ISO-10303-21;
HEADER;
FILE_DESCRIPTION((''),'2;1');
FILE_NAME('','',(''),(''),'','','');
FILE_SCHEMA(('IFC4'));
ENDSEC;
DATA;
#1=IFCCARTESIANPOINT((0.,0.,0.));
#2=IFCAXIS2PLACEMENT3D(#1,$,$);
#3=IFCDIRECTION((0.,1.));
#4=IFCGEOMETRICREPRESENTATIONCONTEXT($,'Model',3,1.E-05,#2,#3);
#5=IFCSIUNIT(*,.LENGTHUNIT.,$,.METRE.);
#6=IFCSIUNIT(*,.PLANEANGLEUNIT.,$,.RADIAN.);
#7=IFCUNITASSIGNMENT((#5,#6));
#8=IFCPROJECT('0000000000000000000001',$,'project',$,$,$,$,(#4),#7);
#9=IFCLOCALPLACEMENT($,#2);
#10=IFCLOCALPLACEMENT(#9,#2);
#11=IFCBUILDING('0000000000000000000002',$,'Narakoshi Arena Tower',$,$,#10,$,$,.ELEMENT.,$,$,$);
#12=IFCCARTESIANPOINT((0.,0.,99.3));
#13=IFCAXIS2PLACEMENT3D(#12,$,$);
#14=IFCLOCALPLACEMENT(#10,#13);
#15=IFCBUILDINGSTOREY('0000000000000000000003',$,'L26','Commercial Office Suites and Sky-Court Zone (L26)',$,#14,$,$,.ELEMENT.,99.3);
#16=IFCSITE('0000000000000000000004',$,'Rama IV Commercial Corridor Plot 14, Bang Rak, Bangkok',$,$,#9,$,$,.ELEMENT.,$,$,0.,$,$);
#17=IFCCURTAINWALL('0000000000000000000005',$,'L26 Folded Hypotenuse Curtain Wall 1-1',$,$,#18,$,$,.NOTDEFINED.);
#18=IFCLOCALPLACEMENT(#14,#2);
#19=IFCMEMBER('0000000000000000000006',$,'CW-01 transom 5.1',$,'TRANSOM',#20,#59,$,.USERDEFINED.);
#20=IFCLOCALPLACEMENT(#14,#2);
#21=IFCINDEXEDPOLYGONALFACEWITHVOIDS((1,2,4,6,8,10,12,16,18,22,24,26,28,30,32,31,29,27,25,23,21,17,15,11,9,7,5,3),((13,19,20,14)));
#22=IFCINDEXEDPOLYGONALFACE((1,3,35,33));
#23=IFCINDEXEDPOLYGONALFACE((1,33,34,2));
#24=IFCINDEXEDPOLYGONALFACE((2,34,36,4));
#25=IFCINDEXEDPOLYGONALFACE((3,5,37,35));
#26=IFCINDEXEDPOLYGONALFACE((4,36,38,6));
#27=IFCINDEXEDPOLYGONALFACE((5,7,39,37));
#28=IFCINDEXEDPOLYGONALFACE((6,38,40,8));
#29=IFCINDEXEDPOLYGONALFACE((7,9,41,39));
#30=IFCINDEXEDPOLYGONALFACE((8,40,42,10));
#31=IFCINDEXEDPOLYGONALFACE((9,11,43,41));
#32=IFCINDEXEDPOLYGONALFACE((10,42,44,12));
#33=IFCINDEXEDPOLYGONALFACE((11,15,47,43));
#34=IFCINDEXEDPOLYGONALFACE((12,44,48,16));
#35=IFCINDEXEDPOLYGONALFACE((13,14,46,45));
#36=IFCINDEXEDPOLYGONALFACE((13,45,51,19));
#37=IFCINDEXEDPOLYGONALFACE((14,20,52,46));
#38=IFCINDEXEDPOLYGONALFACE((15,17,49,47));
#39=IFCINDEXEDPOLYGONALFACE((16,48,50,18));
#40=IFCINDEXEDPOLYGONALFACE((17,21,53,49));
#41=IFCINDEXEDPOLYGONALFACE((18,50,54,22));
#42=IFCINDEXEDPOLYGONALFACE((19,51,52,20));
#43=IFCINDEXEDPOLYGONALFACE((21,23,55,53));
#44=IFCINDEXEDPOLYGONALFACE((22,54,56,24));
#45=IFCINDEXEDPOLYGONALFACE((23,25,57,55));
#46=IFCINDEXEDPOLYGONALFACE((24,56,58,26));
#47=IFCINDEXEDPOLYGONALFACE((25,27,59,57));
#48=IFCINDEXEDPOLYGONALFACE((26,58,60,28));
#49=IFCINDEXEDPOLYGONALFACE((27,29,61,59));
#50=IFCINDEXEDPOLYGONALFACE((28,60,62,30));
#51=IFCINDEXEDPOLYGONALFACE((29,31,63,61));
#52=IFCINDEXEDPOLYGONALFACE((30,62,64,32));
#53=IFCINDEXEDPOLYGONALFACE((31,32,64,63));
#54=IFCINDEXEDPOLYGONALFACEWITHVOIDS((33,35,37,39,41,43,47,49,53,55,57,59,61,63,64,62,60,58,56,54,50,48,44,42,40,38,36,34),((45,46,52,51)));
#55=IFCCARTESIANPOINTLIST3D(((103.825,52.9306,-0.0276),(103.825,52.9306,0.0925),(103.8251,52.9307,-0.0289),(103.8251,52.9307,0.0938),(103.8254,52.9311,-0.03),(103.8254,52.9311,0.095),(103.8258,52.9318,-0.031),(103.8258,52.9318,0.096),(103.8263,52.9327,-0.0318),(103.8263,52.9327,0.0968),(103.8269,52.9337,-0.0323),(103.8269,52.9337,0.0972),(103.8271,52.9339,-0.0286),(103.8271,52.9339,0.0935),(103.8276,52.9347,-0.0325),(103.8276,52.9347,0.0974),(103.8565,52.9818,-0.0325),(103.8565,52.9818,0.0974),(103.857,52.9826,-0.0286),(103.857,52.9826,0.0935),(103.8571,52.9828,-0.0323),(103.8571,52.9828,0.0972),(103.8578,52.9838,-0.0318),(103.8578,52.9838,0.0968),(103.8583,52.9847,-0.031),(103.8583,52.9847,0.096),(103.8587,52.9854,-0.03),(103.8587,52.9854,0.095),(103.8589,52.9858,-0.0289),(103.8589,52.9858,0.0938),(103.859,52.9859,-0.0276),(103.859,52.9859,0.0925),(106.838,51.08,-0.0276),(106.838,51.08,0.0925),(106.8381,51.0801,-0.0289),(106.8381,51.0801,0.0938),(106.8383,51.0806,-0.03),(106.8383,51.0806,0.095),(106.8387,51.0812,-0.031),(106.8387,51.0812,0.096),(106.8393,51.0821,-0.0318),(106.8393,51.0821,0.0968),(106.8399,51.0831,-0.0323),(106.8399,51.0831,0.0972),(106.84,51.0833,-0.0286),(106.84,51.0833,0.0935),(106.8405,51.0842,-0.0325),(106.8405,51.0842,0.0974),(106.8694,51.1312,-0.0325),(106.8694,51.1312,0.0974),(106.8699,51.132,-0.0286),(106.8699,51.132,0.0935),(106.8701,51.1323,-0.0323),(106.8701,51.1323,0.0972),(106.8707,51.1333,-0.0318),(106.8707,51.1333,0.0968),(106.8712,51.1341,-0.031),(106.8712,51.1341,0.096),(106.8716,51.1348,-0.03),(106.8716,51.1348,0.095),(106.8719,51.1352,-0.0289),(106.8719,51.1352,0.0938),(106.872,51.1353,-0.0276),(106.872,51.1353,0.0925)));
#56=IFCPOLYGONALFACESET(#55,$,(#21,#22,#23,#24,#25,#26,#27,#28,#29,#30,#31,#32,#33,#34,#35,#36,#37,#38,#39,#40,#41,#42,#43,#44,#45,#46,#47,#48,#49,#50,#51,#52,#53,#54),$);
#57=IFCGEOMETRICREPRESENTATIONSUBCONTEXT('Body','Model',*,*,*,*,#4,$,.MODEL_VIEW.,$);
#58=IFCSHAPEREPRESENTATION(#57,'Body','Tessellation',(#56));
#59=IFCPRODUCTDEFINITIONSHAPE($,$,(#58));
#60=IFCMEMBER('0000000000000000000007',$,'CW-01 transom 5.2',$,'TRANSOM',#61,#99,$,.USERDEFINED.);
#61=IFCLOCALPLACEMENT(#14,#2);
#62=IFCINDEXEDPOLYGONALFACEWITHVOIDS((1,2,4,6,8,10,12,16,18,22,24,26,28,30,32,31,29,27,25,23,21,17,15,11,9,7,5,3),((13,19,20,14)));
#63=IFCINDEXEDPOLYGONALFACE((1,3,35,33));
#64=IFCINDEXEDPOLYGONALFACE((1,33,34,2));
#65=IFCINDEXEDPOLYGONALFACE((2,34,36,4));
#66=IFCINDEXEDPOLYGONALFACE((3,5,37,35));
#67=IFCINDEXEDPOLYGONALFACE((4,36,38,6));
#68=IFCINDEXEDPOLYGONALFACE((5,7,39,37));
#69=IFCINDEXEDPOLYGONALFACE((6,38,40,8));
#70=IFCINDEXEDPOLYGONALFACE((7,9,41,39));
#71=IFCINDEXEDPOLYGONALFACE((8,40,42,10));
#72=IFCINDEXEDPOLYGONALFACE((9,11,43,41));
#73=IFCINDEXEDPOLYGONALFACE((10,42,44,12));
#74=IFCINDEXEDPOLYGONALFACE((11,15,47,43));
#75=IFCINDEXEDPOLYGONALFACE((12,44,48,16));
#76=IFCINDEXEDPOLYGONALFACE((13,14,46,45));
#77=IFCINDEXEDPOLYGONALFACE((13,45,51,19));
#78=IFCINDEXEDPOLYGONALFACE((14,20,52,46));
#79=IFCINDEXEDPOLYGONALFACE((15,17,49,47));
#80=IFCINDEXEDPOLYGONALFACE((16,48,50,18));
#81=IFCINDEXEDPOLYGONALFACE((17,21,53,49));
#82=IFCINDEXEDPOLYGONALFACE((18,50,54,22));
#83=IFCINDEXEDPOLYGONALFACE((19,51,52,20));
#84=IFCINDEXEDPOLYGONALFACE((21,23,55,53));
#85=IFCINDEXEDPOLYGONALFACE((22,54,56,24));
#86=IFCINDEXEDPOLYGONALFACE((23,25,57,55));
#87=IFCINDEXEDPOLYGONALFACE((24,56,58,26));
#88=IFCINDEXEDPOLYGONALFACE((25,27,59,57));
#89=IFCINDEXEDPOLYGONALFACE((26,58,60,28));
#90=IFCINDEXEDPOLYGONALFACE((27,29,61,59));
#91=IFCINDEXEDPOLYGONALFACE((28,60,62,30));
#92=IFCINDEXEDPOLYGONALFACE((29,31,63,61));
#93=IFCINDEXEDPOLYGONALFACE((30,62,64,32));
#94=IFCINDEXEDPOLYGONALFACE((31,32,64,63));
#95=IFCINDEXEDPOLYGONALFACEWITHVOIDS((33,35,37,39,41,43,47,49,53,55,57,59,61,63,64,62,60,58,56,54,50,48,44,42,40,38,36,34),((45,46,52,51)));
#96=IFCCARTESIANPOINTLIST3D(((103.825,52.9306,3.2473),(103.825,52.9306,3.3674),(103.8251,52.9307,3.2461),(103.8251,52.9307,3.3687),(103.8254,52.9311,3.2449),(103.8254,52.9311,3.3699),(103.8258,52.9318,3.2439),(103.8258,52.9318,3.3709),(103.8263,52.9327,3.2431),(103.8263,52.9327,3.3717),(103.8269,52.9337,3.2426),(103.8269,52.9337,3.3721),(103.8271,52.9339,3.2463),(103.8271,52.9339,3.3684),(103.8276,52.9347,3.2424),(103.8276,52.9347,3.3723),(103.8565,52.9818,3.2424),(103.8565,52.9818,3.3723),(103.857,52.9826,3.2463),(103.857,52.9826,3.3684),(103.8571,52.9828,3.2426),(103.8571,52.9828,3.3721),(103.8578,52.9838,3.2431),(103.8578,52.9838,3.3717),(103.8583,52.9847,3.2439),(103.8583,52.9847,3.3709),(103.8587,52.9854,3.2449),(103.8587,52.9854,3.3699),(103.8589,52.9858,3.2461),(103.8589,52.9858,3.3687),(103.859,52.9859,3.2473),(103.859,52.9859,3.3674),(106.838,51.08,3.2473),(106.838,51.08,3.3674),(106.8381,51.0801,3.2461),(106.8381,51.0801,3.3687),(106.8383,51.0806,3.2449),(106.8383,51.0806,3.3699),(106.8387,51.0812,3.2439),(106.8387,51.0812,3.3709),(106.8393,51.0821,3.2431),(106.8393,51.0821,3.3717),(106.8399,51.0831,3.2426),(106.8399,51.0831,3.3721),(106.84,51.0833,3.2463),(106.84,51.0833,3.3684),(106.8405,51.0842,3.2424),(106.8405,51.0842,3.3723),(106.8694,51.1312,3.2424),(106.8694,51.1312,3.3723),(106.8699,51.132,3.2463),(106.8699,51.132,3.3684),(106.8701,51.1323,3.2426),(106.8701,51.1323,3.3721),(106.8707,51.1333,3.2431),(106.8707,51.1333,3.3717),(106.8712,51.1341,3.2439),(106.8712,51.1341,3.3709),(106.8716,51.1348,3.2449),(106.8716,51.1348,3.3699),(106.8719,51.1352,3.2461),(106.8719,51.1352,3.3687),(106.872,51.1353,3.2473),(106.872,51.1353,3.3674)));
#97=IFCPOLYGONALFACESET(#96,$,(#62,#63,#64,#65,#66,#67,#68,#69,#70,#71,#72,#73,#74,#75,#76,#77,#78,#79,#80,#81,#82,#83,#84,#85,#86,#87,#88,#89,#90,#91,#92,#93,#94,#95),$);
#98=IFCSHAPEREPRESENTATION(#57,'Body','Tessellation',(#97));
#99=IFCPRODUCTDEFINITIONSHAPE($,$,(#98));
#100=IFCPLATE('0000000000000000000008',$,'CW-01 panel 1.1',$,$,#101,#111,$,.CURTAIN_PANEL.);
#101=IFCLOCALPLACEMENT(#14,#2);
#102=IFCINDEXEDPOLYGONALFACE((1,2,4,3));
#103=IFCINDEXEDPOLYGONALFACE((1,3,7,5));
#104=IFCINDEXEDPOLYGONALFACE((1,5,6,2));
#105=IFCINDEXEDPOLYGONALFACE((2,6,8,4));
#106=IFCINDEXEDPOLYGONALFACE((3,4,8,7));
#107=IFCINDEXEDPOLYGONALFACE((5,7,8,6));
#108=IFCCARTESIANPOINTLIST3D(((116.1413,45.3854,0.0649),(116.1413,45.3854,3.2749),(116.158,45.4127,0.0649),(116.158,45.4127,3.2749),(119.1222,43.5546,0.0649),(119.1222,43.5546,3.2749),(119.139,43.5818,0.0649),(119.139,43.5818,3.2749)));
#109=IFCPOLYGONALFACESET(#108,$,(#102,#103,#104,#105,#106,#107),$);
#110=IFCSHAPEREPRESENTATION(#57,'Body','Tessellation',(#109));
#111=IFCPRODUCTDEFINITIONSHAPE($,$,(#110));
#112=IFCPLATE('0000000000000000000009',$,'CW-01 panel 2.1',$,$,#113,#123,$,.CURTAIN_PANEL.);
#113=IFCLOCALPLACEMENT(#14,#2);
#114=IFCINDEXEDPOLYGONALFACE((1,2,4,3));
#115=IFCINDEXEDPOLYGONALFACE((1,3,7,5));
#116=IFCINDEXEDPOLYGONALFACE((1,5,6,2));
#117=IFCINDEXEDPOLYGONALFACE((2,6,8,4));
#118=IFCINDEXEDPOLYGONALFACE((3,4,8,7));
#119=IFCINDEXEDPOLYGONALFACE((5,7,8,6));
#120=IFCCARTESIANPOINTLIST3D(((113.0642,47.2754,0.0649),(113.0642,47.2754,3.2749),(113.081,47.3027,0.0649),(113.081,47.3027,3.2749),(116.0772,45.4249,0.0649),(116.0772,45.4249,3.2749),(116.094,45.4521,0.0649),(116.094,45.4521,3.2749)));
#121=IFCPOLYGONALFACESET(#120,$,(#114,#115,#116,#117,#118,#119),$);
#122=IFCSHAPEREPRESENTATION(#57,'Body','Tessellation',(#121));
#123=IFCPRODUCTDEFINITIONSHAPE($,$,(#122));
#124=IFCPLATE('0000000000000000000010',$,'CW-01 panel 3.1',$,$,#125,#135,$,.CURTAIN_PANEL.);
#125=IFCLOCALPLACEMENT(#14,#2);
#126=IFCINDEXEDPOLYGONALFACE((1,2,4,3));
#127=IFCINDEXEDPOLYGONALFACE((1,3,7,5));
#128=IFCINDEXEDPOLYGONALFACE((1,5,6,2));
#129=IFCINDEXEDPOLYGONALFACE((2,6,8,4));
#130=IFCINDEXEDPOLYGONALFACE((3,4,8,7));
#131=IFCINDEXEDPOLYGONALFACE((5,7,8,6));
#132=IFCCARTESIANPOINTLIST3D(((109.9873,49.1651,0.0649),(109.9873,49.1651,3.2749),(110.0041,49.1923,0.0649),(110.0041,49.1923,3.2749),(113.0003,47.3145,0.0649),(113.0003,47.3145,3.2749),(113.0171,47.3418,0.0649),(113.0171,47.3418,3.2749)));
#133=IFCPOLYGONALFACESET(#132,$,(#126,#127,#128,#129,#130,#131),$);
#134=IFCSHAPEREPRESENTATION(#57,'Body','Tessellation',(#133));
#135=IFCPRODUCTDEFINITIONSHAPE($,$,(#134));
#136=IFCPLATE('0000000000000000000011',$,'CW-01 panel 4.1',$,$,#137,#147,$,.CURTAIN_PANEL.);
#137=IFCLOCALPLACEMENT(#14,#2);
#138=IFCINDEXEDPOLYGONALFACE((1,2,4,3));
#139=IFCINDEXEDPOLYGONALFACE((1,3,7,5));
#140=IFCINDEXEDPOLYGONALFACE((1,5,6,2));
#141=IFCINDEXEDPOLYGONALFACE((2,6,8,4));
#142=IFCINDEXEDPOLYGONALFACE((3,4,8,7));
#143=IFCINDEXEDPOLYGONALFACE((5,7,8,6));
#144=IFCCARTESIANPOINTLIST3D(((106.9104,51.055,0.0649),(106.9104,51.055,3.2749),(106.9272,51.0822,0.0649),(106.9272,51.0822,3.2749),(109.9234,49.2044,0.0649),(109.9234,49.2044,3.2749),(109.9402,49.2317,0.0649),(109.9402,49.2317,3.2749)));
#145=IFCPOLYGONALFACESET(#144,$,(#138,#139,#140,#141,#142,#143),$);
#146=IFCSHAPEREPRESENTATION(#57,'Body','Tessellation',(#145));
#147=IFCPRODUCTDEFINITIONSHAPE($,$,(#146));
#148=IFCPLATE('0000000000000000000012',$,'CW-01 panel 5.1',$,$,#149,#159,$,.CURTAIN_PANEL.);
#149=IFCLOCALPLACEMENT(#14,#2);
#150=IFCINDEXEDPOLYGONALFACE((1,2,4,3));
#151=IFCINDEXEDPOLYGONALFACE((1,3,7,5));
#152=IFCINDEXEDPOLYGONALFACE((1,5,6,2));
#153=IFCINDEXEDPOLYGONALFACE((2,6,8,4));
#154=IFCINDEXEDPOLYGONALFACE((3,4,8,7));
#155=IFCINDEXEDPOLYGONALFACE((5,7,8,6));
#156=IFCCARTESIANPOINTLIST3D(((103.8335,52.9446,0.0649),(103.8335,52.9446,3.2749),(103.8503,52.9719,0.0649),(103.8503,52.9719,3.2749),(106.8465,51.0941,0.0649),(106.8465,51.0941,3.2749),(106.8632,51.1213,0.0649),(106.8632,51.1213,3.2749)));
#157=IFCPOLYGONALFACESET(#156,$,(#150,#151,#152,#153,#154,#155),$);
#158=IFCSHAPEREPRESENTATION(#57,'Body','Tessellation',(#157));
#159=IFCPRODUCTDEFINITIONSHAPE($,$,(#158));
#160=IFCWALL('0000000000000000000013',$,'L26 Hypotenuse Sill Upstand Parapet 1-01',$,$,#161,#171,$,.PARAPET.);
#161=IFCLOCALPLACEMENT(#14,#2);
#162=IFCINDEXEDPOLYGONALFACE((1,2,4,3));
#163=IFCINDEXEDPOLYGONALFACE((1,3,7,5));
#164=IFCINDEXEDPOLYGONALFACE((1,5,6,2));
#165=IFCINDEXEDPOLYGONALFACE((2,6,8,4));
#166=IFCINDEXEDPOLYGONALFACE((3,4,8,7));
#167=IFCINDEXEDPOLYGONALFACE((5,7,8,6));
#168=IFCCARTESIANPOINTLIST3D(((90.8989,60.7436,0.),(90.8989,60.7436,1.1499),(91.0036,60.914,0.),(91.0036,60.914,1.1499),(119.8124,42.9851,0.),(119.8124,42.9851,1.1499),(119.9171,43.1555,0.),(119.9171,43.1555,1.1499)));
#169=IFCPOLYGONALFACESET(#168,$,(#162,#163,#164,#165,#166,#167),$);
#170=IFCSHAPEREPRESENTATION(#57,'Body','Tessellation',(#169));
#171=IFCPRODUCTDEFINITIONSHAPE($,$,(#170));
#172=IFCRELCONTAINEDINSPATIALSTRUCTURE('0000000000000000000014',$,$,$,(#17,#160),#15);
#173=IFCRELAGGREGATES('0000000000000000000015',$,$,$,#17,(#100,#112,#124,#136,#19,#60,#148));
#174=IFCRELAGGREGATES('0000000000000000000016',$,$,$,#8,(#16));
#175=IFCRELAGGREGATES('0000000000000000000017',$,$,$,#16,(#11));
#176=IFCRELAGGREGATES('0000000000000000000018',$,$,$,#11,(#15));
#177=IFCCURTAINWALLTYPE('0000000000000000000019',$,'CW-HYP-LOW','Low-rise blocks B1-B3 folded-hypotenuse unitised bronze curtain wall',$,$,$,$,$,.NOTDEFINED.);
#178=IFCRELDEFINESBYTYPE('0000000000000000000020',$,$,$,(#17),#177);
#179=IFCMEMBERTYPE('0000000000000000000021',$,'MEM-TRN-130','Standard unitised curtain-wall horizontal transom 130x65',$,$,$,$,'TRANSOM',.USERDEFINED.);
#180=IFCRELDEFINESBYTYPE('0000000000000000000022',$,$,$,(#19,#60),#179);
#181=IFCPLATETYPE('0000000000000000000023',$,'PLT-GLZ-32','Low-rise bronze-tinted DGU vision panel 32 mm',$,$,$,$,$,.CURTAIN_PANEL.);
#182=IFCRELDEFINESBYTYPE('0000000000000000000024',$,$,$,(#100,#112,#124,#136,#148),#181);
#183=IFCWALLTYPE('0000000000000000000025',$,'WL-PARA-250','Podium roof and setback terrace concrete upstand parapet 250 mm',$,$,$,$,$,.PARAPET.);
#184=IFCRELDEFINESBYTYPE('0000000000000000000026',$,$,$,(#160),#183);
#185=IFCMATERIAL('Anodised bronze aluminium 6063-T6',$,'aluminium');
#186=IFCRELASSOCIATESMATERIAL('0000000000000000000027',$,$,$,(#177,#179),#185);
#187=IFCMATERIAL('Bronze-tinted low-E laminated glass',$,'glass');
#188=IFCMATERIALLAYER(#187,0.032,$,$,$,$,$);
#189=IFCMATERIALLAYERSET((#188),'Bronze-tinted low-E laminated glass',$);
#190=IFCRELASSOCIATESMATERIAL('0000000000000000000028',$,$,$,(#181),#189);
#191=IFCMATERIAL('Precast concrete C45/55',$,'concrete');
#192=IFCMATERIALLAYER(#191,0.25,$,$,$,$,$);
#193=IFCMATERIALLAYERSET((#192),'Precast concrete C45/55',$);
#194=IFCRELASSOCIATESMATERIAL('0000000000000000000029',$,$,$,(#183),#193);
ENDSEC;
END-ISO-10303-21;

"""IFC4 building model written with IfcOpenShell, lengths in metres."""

from ifc_helpers import new_model, si_unit, direction, frame, frame_2d, origin, origin_2d, place, context, subcontext, project, spatial, rectangle, hollow_rectangle, extrude, material, layer, layer_set, material_profile, profile_set, type_object, element, aggregate, save


model = new_model("IFC4")

# Units and contexts
model_context = context("Model", 3, precision=1e-05, world=origin(), true_north=direction((0.0, 1.0)))
body_context = subcontext(model_context, "Body", "Model", "MODEL_VIEW")
ifc_project = project(units=[si_unit("LENGTHUNIT", "METRE"), si_unit("PLANEANGLEUNIT", "RADIAN")], contexts=[model_context])

# Site, building, storey
site_placement = place(None, origin())
site = spatial("IfcSite", under=ifc_project, at=site_placement, Name="Rama IV Commercial Corridor Plot 14, Bang Rak, Bangkok", CompositionType="ELEMENT", RefElevation=0.0)
building_placement = place(site_placement, origin())
building = spatial("IfcBuilding", under=site, at=building_placement, Name="Narakoshi Arena Tower", CompositionType="ELEMENT")
storey_placement = place(building_placement, frame((0.0, 0.0, 99.3)))
storey = spatial("IfcBuildingStorey", under=building, at=storey_placement, Name="L26", Description="Commercial Office Suites and Sky-Court Zone (L26)", CompositionType="ELEMENT", Elevation=99.3)

# Curtain wall, members, plates
ifc_material_1 = material(Name="Anodised bronze aluminium 6063-T6", Category="aluminium")
curtain_wall_type = type_object("IfcCurtainWallType", Name="CW-HYP-LOW", Description="Low-rise blocks B1-B3 folded-hypotenuse unitised bronze curtain wall", PredefinedType="NOTDEFINED", material=ifc_material_1)
curtain_wall_placement = place(storey_placement, origin())
curtain_wall = element("IfcCurtainWall", 1, at=curtain_wall_placement, inside=storey, type_object=curtain_wall_type, Name="L26 Folded Hypotenuse Curtain Wall 1-1", PredefinedType="NOTDEFINED")
ifc_material_profile_1 = material_profile(ifc_material_1, hollow_rectangle(XDim=0.0649, YDim=0.1299, WallThickness=0.0039, OuterFilletRadius=0.0049, at=origin_2d()), Name="TRN130x65x4")
ifc_profile_set_1 = profile_set([ifc_material_profile_1], Name="Anodised bronze aluminium 6063-T6")
member_type_1 = type_object("IfcMemberType", Name="MEM-TRN-130", Description="Standard unitised curtain-wall horizontal transom 130x65", ElementType="TRANSOM", PredefinedType="USERDEFINED", material=ifc_profile_set_1)
member_1_placement = place(storey_placement, frame((106.855, 51.1077, 0.0325), z_axis=(-0.852104, 0.523373, 0.0), x_axis=(-0.523373, -0.852104, 0.0)))
member_1 = element("IfcMember", 2, at=member_1_placement, type_object=member_type_1, Name="CW-01 transom 5.1", ObjectType="TRANSOM", PredefinedType="USERDEFINED", context=body_context, shape_type="SweptSolid", body=[
    extrude(hollow_rectangle(XDim=0.0649, YDim=0.1299, WallThickness=0.0039, OuterFilletRadius=0.0049, at=origin_2d()), origin(), (0.0, 0.0, 1.0), 3.5359),
])
member_2_placement = place(storey_placement, frame((106.855, 51.1077, 3.3074), z_axis=(-0.852104, 0.523373, 0.0), x_axis=(-0.523373, -0.852104, 0.0)))
member_2 = element("IfcMember", 3, at=member_2_placement, type_object=member_type_1, Name="CW-01 transom 5.2", ObjectType="TRANSOM", PredefinedType="USERDEFINED", context=body_context, shape_type="SweptSolid", body=[
    extrude(hollow_rectangle(XDim=0.0649, YDim=0.1299, WallThickness=0.0039, OuterFilletRadius=0.0049, at=origin_2d()), origin(), (0.0, 0.0, 1.0), 3.5359),
])
ifc_material_2 = material(Name="Bronze-tinted low-E laminated glass", Category="glass")
ifc_layer_1 = layer(ifc_material_2, 0.032)
ifc_layer_set_1 = layer_set([ifc_layer_1], Name="Bronze-tinted low-E laminated glass")
plate_type = type_object("IfcPlateType", Name="PLT-GLZ-32", Description="Low-rise bronze-tinted DGU vision panel 32 mm", PredefinedType="CURTAIN_PANEL", material=ifc_layer_set_1)
plate_1_placement = place(storey_placement, frame((117.6401, 44.4836, 0.0649), z_axis=(0.0, 0.0, 1.0), x_axis=(-0.852113, 0.523358, 0.0)))
plate_1 = element("IfcPlate", 4, at=plate_1_placement, type_object=plate_type, Name="CW-01 panel 1.1", PredefinedType="CURTAIN_PANEL", context=body_context, shape_type="SweptSolid", body=[
    extrude(rectangle(XDim=3.4983, YDim=0.032, at=origin_2d()), origin(), (0.0, 0.0, 1.0), 3.21),
])
plate_2_placement = place(storey_placement, frame((114.5791, 46.3638, 0.0649), z_axis=(0.0, 0.0, 1.0), x_axis=(-0.852113, 0.523358, 0.0)))
plate_2 = element("IfcPlate", 5, at=plate_2_placement, type_object=plate_type, Name="CW-01 panel 2.1", PredefinedType="CURTAIN_PANEL", context=body_context, shape_type="SweptSolid", body=[
    extrude(rectangle(XDim=3.5359, YDim=0.032, at=origin_2d()), origin(), (0.0, 0.0, 1.0), 3.21),
])
plate_3_placement = place(storey_placement, frame((111.5022, 48.2534, 0.0649), z_axis=(0.0, 0.0, 1.0), x_axis=(-0.852113, 0.523358, 0.0)))
plate_3 = element("IfcPlate", 6, at=plate_3_placement, type_object=plate_type, Name="CW-01 panel 3.1", PredefinedType="CURTAIN_PANEL", context=body_context, shape_type="SweptSolid", body=[
    extrude(rectangle(XDim=3.5359, YDim=0.032, at=origin_2d()), origin(), (0.0, 0.0, 1.0), 3.21),
])
plate_4_placement = place(storey_placement, frame((108.4253, 50.1433, 0.0649), z_axis=(0.0, 0.0, 1.0), x_axis=(-0.852113, 0.523358, 0.0)))
plate_4 = element("IfcPlate", 7, at=plate_4_placement, type_object=plate_type, Name="CW-01 panel 4.1", PredefinedType="CURTAIN_PANEL", context=body_context, shape_type="SweptSolid", body=[
    extrude(rectangle(XDim=3.5359, YDim=0.032, at=origin_2d()), origin(), (0.0, 0.0, 1.0), 3.21),
])
plate_5_placement = place(storey_placement, frame((105.3484, 52.033, 0.0649), z_axis=(0.0, 0.0, 1.0), x_axis=(-0.852113, 0.523358, 0.0)))
plate_5 = element("IfcPlate", 8, at=plate_5_placement, type_object=plate_type, Name="CW-01 panel 5.1", PredefinedType="CURTAIN_PANEL", context=body_context, shape_type="SweptSolid", body=[
    extrude(rectangle(XDim=3.5359, YDim=0.032, at=origin_2d()), origin(), (0.0, 0.0, 1.0), 3.21),
])
aggregate(curtain_wall, [plate_1, plate_2, plate_3, plate_4, member_1, member_2, plate_5])

# Wall
ifc_material_3 = material(Name="Precast concrete C45/55", Category="concrete")
ifc_layer_2 = layer(ifc_material_3, 0.25)
ifc_layer_set_2 = layer_set([ifc_layer_2], Name="Precast concrete C45/55")
wall_type_1 = type_object("IfcWallType", Name="WL-PARA-250", Description="Podium roof and setback terrace concrete upstand parapet 250 mm", PredefinedType="PARAPET", material=ifc_layer_set_2)
wall_1_placement = place(storey_placement, frame((119.8647, 43.0703, 0.0), z_axis=(0.0, 0.0, 1.0), x_axis=(-0.852111, 0.523361, 0.0)))
element("IfcWall", 9, at=wall_1_placement, inside=storey, type_object=wall_type_1, Name="L26 Hypotenuse Sill Upstand Parapet 1-01", PredefinedType="PARAPET", context=body_context, shape_type="SweptSolid", body=[
    extrude(rectangle(XDim=33.9316, YDim=0.2, at=frame_2d((16.9658, 0.0))), origin(), (0.0, 0.0, 1.0), 1.1499),
])

save(model, "model.ifc")
